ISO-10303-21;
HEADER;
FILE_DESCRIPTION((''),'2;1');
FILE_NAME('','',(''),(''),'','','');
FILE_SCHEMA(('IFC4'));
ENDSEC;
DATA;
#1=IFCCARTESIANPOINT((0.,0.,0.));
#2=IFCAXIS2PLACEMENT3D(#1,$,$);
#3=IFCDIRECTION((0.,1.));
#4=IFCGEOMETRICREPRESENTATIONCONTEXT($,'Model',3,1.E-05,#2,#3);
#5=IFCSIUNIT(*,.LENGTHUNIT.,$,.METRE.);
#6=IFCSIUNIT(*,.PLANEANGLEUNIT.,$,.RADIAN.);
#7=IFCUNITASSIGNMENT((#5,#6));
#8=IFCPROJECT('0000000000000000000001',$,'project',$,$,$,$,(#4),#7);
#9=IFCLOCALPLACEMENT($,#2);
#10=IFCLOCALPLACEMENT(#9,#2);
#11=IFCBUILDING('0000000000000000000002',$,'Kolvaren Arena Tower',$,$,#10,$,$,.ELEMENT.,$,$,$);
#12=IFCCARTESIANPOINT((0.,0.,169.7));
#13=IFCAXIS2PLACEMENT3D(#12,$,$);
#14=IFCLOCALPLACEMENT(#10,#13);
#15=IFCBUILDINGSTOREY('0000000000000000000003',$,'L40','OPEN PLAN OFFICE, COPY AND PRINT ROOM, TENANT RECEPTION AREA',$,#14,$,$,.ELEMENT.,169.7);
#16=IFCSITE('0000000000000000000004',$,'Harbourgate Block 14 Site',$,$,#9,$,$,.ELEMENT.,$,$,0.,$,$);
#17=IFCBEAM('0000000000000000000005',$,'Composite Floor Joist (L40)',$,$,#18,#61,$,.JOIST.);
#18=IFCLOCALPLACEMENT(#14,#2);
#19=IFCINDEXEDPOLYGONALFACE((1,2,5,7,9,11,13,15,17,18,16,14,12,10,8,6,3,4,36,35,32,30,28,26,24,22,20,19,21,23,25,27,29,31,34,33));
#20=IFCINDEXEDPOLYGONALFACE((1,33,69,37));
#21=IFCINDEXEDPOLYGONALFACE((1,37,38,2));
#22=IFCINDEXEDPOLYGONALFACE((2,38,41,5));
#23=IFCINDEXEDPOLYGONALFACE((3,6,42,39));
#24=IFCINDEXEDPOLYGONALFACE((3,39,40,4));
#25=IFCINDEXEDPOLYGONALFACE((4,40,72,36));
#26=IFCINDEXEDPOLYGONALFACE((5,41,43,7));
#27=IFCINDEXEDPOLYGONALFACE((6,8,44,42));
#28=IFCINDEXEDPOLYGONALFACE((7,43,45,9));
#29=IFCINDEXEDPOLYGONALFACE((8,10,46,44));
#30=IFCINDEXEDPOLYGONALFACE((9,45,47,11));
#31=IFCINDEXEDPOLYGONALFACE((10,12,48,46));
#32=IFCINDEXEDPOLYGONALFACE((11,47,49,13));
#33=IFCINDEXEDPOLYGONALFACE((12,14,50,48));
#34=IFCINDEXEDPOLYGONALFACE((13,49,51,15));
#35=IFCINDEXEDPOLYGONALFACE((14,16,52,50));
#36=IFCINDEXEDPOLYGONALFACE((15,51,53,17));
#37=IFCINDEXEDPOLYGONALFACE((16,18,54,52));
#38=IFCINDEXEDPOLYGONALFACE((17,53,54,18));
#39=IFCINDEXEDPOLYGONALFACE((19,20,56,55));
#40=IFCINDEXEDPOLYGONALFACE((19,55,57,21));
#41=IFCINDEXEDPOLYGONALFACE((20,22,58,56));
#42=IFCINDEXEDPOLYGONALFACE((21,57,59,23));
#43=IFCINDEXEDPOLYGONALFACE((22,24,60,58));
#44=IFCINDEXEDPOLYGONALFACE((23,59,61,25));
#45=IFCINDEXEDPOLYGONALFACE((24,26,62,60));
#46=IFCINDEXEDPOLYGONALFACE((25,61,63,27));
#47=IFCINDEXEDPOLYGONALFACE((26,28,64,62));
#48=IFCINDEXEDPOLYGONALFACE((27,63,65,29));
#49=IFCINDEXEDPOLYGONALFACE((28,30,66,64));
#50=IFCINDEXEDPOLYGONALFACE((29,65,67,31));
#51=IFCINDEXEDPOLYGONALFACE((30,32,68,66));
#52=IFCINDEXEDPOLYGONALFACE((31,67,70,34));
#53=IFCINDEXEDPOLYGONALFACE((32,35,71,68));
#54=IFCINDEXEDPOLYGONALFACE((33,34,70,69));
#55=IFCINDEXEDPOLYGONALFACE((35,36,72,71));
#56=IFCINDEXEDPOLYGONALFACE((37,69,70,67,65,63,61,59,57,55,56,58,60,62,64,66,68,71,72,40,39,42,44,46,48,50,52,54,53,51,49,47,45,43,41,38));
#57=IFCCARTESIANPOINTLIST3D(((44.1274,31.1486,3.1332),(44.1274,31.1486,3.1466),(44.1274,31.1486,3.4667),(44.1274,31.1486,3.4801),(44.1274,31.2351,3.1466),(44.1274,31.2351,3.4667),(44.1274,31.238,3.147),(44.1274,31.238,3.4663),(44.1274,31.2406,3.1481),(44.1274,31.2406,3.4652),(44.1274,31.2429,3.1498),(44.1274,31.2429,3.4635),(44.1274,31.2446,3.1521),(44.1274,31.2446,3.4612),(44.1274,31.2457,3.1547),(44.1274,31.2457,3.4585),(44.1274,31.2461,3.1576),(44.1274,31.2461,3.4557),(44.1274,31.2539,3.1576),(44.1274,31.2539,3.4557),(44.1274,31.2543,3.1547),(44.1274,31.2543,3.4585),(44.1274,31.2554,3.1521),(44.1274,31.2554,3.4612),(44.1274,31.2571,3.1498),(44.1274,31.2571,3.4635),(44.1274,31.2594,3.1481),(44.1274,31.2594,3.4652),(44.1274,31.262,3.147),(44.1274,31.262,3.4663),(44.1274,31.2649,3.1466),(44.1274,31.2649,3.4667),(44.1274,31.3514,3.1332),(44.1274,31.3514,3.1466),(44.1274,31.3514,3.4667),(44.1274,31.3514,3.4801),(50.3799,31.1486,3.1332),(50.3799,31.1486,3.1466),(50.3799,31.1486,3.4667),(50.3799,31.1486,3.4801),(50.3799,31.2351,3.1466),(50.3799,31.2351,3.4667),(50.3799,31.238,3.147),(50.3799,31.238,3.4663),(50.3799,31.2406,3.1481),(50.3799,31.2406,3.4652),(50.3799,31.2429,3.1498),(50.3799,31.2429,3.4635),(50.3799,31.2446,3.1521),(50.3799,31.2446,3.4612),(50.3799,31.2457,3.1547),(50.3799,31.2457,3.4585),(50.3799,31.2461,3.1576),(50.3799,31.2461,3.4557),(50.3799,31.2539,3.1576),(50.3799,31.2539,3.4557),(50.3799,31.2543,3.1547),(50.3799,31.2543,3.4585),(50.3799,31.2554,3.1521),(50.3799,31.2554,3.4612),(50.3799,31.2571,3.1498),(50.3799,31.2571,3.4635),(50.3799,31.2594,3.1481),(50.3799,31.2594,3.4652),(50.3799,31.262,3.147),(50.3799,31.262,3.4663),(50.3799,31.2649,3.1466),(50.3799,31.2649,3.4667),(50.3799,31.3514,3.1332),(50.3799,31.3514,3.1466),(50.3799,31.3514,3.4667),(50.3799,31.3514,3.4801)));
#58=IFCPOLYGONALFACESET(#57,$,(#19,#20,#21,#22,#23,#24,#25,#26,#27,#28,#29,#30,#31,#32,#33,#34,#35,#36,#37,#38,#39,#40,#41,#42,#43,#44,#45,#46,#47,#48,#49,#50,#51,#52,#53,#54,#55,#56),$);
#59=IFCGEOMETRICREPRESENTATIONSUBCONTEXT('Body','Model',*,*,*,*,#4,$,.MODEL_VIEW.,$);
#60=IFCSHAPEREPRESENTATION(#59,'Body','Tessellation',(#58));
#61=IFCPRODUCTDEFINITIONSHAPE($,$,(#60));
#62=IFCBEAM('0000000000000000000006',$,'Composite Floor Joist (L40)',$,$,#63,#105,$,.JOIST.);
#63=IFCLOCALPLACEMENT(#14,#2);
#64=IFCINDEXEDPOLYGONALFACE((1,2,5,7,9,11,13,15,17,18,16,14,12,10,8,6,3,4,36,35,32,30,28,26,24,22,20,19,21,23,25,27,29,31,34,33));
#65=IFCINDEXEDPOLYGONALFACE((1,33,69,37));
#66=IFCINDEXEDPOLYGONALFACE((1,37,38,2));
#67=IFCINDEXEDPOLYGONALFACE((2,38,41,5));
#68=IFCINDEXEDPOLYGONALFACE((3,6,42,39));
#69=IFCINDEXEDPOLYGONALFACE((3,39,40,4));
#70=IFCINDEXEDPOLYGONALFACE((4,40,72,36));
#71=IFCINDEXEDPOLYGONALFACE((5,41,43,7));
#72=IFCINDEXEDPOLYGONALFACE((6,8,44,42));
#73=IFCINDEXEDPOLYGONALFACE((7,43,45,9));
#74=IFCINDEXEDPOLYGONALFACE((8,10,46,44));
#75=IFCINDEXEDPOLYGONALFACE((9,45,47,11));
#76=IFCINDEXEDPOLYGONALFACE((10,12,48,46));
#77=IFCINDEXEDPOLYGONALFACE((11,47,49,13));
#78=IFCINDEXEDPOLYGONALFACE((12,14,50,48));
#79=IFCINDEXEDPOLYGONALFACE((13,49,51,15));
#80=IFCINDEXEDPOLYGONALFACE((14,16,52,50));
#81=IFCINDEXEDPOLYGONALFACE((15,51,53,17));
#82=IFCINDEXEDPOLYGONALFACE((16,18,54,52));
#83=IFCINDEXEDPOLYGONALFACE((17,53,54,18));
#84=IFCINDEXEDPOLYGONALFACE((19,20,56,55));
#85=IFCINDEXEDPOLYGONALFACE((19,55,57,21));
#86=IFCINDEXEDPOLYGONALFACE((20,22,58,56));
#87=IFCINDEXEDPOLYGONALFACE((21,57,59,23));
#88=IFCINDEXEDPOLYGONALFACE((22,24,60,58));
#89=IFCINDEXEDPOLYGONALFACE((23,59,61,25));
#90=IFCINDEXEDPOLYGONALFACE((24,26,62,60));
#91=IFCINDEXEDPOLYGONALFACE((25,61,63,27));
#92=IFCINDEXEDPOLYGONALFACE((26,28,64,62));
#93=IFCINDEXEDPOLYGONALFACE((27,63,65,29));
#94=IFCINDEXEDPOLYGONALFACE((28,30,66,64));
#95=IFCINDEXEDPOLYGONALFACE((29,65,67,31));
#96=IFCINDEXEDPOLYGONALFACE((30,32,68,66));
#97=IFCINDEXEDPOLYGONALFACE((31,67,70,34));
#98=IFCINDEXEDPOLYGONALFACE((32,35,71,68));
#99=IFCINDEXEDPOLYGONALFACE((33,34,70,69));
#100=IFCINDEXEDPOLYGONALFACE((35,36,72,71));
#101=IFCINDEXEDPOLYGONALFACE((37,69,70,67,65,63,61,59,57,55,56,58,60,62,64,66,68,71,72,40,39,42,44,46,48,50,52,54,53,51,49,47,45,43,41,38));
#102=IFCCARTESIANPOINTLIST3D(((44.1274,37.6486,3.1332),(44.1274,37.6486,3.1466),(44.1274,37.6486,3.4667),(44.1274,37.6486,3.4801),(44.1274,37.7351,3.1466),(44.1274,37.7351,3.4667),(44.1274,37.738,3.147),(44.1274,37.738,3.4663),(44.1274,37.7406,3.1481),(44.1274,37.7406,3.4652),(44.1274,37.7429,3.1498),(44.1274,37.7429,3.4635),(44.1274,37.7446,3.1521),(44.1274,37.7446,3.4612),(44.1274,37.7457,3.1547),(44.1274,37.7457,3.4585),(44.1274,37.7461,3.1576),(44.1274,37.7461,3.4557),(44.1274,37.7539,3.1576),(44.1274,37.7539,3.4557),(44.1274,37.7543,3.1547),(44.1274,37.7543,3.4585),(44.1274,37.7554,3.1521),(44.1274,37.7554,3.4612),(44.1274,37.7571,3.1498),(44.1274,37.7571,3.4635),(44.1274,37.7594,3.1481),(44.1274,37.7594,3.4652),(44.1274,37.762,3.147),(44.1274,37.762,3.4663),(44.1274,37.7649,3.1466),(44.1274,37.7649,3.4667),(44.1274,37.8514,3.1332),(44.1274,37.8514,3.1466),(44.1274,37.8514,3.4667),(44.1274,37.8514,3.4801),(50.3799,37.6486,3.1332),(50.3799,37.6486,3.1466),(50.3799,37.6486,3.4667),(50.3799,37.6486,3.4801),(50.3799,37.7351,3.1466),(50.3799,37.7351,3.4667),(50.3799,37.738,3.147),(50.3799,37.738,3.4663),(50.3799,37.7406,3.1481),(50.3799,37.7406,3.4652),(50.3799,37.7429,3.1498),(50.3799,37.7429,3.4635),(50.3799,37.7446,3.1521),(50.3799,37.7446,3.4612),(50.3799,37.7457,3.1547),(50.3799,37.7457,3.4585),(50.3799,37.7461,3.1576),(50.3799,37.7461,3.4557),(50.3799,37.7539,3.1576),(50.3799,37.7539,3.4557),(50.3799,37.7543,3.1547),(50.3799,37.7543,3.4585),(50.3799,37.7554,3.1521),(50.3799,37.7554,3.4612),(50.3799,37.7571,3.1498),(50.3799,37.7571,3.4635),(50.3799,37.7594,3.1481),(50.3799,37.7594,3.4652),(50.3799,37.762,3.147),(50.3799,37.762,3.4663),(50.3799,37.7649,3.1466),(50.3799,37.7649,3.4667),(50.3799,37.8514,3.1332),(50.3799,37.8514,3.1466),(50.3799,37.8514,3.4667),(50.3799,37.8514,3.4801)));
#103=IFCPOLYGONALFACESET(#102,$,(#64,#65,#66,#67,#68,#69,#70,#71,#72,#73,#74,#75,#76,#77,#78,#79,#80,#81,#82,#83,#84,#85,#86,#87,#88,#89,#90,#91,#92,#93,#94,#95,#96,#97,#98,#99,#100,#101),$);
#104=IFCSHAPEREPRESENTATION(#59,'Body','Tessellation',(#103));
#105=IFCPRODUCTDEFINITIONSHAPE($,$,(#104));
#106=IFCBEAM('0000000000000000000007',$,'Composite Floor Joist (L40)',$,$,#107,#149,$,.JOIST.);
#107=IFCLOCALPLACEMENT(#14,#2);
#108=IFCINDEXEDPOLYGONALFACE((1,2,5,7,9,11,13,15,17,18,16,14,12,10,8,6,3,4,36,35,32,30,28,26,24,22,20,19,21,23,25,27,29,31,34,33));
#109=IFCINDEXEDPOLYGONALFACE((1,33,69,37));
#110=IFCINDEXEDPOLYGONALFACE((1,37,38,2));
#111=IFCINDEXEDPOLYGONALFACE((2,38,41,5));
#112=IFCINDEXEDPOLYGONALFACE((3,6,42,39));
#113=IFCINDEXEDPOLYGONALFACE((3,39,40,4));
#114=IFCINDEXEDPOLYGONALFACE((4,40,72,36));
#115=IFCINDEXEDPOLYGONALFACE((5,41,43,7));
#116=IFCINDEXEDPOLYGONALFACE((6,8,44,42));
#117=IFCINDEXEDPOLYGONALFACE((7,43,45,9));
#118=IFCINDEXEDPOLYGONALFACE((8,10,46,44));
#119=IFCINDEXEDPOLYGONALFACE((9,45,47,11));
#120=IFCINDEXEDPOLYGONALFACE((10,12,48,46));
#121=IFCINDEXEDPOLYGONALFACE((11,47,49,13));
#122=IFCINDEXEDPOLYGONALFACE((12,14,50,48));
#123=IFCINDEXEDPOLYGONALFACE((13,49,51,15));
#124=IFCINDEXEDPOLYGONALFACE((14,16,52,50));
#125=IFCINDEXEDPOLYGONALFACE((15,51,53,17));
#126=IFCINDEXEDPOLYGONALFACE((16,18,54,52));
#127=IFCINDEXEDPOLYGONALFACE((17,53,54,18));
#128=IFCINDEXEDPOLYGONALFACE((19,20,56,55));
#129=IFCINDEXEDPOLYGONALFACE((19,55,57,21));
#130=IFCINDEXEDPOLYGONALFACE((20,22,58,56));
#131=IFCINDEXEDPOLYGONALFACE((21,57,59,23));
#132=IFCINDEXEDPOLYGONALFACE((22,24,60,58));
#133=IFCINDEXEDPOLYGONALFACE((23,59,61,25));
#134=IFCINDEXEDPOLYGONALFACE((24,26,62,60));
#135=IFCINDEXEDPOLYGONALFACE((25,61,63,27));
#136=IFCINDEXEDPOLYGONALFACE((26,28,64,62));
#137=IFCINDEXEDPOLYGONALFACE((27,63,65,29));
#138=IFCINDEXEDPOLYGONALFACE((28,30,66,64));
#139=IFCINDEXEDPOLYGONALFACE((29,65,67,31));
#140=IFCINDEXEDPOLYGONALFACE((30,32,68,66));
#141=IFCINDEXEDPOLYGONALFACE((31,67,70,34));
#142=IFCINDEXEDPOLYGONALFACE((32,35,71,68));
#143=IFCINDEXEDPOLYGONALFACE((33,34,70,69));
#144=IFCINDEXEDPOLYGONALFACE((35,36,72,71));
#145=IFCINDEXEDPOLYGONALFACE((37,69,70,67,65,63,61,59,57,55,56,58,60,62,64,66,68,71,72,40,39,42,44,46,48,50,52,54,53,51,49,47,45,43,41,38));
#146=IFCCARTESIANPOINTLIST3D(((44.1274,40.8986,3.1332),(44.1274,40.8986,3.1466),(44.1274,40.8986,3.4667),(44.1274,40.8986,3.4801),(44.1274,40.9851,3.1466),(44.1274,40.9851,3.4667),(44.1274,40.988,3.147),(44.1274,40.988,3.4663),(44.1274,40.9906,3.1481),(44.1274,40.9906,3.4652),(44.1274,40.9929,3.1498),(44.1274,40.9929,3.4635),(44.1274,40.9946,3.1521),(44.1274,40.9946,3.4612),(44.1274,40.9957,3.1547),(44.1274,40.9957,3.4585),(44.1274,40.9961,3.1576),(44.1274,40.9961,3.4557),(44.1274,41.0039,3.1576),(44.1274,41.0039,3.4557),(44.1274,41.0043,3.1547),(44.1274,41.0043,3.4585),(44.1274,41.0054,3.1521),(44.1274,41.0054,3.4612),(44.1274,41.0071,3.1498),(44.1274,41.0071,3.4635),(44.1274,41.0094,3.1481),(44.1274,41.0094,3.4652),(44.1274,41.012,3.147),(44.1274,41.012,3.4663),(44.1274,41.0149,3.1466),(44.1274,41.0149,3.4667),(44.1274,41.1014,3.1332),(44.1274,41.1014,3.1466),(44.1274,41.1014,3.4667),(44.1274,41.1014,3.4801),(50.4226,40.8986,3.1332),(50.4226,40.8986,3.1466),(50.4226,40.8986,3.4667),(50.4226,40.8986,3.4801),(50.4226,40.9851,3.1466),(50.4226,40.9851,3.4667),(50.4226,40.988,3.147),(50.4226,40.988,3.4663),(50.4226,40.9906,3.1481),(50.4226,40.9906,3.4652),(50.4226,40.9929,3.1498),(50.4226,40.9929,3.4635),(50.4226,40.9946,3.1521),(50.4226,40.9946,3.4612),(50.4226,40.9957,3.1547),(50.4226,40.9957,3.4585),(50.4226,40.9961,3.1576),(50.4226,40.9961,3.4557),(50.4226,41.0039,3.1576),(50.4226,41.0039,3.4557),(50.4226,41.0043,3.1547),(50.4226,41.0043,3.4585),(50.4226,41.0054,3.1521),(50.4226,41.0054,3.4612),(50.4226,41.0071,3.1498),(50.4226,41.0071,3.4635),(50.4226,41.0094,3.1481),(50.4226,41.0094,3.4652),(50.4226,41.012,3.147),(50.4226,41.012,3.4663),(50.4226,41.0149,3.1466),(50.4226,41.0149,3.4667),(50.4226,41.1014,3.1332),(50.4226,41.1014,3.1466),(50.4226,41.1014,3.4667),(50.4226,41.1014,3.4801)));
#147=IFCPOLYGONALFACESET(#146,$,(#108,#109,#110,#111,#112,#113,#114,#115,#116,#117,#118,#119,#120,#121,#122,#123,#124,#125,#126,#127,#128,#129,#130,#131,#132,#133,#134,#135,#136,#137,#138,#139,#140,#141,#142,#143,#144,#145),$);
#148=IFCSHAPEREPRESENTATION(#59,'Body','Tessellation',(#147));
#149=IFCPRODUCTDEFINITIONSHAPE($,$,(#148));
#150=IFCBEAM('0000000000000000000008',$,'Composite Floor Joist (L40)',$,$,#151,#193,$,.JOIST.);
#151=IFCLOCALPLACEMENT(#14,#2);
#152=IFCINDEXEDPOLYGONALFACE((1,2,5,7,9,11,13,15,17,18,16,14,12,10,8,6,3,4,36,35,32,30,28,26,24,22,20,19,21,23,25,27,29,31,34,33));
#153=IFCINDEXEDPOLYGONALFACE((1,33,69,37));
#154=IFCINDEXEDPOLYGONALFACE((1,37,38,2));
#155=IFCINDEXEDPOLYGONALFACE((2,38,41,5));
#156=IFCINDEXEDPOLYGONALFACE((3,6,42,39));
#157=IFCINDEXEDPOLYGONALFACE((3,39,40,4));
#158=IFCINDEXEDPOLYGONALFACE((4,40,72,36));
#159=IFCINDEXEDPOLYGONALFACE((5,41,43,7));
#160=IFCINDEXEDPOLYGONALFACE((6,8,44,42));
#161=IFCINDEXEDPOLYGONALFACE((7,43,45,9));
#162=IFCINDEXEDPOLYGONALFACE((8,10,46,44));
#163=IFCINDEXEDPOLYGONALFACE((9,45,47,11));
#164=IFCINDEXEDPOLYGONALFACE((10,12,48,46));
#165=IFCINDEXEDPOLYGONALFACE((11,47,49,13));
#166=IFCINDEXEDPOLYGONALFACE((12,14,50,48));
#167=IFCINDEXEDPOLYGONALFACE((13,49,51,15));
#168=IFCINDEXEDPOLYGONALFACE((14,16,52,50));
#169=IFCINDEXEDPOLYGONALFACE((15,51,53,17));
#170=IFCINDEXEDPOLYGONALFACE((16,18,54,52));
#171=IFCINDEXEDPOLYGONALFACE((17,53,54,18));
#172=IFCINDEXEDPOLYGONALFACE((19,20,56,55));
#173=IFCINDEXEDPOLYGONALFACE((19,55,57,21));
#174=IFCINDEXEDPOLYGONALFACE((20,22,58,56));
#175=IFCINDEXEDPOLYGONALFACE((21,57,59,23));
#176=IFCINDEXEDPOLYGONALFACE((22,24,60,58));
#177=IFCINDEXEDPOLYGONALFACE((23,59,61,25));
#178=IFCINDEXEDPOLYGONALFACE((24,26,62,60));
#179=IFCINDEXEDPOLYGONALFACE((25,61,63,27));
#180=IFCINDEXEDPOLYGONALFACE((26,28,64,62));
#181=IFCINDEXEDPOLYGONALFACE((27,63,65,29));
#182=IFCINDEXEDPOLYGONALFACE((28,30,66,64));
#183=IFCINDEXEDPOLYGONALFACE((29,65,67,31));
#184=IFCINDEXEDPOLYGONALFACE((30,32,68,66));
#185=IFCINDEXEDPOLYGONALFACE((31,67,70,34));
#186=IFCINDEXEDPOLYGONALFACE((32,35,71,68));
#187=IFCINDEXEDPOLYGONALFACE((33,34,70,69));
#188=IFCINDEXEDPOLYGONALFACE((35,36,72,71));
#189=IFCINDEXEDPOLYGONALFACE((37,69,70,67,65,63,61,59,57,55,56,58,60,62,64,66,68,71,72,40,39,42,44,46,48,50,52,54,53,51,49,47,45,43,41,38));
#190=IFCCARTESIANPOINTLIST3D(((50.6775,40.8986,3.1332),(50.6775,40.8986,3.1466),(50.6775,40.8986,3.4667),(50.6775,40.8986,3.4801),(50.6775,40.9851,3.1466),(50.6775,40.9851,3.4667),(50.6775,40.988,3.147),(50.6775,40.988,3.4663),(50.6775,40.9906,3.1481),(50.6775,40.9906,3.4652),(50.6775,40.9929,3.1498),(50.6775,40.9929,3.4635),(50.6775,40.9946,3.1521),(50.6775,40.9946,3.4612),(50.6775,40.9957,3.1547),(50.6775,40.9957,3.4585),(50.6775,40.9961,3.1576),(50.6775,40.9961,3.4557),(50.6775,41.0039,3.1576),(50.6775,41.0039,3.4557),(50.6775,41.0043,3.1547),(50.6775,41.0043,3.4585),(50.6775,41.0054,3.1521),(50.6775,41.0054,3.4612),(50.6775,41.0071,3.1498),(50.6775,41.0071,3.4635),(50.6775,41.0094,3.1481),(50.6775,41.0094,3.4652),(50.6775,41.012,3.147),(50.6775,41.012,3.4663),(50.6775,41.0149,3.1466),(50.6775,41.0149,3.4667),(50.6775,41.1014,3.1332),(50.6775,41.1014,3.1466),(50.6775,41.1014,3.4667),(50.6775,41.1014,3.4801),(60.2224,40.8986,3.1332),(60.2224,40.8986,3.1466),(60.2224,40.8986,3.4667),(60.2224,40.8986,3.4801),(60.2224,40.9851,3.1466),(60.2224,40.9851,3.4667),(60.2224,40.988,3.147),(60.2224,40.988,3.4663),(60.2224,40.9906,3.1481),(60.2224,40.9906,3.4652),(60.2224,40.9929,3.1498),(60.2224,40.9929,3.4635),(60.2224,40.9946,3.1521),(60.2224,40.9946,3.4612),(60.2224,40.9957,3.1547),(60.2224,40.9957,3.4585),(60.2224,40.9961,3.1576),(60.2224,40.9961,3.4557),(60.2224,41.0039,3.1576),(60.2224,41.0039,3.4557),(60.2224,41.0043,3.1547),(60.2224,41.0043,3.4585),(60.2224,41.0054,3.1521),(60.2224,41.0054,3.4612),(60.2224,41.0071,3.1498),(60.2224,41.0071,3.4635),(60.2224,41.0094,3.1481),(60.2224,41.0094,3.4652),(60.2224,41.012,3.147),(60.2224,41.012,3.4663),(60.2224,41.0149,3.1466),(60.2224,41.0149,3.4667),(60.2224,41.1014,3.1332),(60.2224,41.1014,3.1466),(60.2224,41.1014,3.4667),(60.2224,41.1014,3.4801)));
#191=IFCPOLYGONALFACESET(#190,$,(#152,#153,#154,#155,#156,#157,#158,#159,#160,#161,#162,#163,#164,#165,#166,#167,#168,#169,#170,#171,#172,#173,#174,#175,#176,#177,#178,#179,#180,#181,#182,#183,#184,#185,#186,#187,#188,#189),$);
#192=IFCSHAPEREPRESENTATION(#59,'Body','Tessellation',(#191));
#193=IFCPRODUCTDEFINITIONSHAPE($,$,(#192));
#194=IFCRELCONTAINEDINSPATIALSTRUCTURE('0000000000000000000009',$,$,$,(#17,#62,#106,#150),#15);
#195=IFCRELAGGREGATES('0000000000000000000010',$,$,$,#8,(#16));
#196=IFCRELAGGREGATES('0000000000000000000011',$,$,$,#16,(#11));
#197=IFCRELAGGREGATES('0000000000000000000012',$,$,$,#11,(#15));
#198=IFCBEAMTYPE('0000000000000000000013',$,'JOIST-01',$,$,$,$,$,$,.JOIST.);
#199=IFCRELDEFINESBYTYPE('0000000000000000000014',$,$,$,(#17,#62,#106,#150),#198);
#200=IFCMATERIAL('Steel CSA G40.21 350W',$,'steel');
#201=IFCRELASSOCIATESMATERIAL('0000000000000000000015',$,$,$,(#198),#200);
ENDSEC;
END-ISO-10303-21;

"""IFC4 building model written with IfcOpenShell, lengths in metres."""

from ifc_helpers import new_model, si_unit, direction, frame, origin, origin_2d, place, context, subcontext, project, spatial, i_section, extrude, material, material_profile, profile_set, type_object, element, save


model = new_model("IFC4")

# Units and contexts
model_context = context("Model", 3, precision=1e-05, world=origin(), true_north=direction((0.0, 1.0)))
body_context = subcontext(model_context, "Body", "Model", "MODEL_VIEW")
ifc_project = project(units=[si_unit("LENGTHUNIT", "METRE"), si_unit("PLANEANGLEUNIT", "RADIAN")], contexts=[model_context])

# Site, building, storey
site_placement = place(None, origin())
site = spatial("IfcSite", under=ifc_project, at=site_placement, Name="Harbourgate Block 14 Site", CompositionType="ELEMENT", RefElevation=0.0)
building_placement = place(site_placement, origin())
building = spatial("IfcBuilding", under=site, at=building_placement, Name="Kolvaren Arena Tower", CompositionType="ELEMENT")
storey_placement = place(building_placement, frame((0.0, 0.0, 169.7)))
storey = spatial("IfcBuildingStorey", under=building, at=storey_placement, Name="L40", Description="OPEN PLAN OFFICE, COPY AND PRINT ROOM, TENANT RECEPTION AREA", CompositionType="ELEMENT", Elevation=169.7)

# Beams
ifc_material_1 = material(Name="Steel CSA G40.21 350W", Category="steel")
ifc_material_profile_1 = material_profile(ifc_material_1, i_section(OverallWidth=0.2029, OverallDepth=0.3469, WebThickness=0.0078, FlangeThickness=0.0134, FilletRadius=0.011, at=origin_2d()), Name="W360x64")
ifc_profile_set_1 = profile_set([ifc_material_profile_1], Name="Steel CSA G40.21 350W")
beam_type_1 = type_object("IfcBeamType", Name="JOIST-01", PredefinedType="JOIST", material=ifc_profile_set_1)
for number, where, z_axis, x_axis, name in (
    (1, (44.1274, 31.25, 3.3066), (1.0, 0.0, 0.0), (0.0, 1.0, 0.0), "Composite Floor Joist (L40)"),
    (2, (44.1274, 37.75, 3.3066), (1.0, 0.0, 0.0), (0.0, 1.0, 0.0), "Composite Floor Joist (L40)"),
):
    element("IfcBeam", number, at=place(storey_placement, frame(where, z_axis=z_axis, x_axis=x_axis)), inside=storey, type_object=beam_type_1, Name=name, PredefinedType="JOIST", context=body_context, shape_type="SweptSolid", body=[
        extrude(i_section(OverallWidth=0.2029, OverallDepth=0.3469, WebThickness=0.0078, FlangeThickness=0.0134, FilletRadius=0.011, at=origin_2d()), origin(), (0.0, 0.0, 1.0), 6.2524),
    ])
beam_1_placement = place(storey_placement, frame((44.1274, 41.0, 3.3066), z_axis=(1.0, 0.0, 0.0), x_axis=(0.0, 1.0, 0.0)))
element("IfcBeam", 3, at=beam_1_placement, inside=storey, type_object=beam_type_1, Name="Composite Floor Joist (L40)", PredefinedType="JOIST", context=body_context, shape_type="SweptSolid", body=[
    extrude(i_section(OverallWidth=0.2029, OverallDepth=0.3469, WebThickness=0.0078, FlangeThickness=0.0134, FilletRadius=0.011, at=origin_2d()), origin(), (0.0, 0.0, 1.0), 6.2952),
])
beam_2_placement = place(storey_placement, frame((50.6775, 41.0, 3.3066), z_axis=(1.0, 0.0, 0.0), x_axis=(0.0, 1.0, 0.0)))
element("IfcBeam", 4, at=beam_2_placement, inside=storey, type_object=beam_type_1, Name="Composite Floor Joist (L40)", PredefinedType="JOIST", context=body_context, shape_type="SweptSolid", body=[
    extrude(i_section(OverallWidth=0.2029, OverallDepth=0.3469, WebThickness=0.0078, FlangeThickness=0.0134, FilletRadius=0.011, at=origin_2d()), origin(), (0.0, 0.0, 1.0), 9.5449),
])

save(model, "model.ifc")
